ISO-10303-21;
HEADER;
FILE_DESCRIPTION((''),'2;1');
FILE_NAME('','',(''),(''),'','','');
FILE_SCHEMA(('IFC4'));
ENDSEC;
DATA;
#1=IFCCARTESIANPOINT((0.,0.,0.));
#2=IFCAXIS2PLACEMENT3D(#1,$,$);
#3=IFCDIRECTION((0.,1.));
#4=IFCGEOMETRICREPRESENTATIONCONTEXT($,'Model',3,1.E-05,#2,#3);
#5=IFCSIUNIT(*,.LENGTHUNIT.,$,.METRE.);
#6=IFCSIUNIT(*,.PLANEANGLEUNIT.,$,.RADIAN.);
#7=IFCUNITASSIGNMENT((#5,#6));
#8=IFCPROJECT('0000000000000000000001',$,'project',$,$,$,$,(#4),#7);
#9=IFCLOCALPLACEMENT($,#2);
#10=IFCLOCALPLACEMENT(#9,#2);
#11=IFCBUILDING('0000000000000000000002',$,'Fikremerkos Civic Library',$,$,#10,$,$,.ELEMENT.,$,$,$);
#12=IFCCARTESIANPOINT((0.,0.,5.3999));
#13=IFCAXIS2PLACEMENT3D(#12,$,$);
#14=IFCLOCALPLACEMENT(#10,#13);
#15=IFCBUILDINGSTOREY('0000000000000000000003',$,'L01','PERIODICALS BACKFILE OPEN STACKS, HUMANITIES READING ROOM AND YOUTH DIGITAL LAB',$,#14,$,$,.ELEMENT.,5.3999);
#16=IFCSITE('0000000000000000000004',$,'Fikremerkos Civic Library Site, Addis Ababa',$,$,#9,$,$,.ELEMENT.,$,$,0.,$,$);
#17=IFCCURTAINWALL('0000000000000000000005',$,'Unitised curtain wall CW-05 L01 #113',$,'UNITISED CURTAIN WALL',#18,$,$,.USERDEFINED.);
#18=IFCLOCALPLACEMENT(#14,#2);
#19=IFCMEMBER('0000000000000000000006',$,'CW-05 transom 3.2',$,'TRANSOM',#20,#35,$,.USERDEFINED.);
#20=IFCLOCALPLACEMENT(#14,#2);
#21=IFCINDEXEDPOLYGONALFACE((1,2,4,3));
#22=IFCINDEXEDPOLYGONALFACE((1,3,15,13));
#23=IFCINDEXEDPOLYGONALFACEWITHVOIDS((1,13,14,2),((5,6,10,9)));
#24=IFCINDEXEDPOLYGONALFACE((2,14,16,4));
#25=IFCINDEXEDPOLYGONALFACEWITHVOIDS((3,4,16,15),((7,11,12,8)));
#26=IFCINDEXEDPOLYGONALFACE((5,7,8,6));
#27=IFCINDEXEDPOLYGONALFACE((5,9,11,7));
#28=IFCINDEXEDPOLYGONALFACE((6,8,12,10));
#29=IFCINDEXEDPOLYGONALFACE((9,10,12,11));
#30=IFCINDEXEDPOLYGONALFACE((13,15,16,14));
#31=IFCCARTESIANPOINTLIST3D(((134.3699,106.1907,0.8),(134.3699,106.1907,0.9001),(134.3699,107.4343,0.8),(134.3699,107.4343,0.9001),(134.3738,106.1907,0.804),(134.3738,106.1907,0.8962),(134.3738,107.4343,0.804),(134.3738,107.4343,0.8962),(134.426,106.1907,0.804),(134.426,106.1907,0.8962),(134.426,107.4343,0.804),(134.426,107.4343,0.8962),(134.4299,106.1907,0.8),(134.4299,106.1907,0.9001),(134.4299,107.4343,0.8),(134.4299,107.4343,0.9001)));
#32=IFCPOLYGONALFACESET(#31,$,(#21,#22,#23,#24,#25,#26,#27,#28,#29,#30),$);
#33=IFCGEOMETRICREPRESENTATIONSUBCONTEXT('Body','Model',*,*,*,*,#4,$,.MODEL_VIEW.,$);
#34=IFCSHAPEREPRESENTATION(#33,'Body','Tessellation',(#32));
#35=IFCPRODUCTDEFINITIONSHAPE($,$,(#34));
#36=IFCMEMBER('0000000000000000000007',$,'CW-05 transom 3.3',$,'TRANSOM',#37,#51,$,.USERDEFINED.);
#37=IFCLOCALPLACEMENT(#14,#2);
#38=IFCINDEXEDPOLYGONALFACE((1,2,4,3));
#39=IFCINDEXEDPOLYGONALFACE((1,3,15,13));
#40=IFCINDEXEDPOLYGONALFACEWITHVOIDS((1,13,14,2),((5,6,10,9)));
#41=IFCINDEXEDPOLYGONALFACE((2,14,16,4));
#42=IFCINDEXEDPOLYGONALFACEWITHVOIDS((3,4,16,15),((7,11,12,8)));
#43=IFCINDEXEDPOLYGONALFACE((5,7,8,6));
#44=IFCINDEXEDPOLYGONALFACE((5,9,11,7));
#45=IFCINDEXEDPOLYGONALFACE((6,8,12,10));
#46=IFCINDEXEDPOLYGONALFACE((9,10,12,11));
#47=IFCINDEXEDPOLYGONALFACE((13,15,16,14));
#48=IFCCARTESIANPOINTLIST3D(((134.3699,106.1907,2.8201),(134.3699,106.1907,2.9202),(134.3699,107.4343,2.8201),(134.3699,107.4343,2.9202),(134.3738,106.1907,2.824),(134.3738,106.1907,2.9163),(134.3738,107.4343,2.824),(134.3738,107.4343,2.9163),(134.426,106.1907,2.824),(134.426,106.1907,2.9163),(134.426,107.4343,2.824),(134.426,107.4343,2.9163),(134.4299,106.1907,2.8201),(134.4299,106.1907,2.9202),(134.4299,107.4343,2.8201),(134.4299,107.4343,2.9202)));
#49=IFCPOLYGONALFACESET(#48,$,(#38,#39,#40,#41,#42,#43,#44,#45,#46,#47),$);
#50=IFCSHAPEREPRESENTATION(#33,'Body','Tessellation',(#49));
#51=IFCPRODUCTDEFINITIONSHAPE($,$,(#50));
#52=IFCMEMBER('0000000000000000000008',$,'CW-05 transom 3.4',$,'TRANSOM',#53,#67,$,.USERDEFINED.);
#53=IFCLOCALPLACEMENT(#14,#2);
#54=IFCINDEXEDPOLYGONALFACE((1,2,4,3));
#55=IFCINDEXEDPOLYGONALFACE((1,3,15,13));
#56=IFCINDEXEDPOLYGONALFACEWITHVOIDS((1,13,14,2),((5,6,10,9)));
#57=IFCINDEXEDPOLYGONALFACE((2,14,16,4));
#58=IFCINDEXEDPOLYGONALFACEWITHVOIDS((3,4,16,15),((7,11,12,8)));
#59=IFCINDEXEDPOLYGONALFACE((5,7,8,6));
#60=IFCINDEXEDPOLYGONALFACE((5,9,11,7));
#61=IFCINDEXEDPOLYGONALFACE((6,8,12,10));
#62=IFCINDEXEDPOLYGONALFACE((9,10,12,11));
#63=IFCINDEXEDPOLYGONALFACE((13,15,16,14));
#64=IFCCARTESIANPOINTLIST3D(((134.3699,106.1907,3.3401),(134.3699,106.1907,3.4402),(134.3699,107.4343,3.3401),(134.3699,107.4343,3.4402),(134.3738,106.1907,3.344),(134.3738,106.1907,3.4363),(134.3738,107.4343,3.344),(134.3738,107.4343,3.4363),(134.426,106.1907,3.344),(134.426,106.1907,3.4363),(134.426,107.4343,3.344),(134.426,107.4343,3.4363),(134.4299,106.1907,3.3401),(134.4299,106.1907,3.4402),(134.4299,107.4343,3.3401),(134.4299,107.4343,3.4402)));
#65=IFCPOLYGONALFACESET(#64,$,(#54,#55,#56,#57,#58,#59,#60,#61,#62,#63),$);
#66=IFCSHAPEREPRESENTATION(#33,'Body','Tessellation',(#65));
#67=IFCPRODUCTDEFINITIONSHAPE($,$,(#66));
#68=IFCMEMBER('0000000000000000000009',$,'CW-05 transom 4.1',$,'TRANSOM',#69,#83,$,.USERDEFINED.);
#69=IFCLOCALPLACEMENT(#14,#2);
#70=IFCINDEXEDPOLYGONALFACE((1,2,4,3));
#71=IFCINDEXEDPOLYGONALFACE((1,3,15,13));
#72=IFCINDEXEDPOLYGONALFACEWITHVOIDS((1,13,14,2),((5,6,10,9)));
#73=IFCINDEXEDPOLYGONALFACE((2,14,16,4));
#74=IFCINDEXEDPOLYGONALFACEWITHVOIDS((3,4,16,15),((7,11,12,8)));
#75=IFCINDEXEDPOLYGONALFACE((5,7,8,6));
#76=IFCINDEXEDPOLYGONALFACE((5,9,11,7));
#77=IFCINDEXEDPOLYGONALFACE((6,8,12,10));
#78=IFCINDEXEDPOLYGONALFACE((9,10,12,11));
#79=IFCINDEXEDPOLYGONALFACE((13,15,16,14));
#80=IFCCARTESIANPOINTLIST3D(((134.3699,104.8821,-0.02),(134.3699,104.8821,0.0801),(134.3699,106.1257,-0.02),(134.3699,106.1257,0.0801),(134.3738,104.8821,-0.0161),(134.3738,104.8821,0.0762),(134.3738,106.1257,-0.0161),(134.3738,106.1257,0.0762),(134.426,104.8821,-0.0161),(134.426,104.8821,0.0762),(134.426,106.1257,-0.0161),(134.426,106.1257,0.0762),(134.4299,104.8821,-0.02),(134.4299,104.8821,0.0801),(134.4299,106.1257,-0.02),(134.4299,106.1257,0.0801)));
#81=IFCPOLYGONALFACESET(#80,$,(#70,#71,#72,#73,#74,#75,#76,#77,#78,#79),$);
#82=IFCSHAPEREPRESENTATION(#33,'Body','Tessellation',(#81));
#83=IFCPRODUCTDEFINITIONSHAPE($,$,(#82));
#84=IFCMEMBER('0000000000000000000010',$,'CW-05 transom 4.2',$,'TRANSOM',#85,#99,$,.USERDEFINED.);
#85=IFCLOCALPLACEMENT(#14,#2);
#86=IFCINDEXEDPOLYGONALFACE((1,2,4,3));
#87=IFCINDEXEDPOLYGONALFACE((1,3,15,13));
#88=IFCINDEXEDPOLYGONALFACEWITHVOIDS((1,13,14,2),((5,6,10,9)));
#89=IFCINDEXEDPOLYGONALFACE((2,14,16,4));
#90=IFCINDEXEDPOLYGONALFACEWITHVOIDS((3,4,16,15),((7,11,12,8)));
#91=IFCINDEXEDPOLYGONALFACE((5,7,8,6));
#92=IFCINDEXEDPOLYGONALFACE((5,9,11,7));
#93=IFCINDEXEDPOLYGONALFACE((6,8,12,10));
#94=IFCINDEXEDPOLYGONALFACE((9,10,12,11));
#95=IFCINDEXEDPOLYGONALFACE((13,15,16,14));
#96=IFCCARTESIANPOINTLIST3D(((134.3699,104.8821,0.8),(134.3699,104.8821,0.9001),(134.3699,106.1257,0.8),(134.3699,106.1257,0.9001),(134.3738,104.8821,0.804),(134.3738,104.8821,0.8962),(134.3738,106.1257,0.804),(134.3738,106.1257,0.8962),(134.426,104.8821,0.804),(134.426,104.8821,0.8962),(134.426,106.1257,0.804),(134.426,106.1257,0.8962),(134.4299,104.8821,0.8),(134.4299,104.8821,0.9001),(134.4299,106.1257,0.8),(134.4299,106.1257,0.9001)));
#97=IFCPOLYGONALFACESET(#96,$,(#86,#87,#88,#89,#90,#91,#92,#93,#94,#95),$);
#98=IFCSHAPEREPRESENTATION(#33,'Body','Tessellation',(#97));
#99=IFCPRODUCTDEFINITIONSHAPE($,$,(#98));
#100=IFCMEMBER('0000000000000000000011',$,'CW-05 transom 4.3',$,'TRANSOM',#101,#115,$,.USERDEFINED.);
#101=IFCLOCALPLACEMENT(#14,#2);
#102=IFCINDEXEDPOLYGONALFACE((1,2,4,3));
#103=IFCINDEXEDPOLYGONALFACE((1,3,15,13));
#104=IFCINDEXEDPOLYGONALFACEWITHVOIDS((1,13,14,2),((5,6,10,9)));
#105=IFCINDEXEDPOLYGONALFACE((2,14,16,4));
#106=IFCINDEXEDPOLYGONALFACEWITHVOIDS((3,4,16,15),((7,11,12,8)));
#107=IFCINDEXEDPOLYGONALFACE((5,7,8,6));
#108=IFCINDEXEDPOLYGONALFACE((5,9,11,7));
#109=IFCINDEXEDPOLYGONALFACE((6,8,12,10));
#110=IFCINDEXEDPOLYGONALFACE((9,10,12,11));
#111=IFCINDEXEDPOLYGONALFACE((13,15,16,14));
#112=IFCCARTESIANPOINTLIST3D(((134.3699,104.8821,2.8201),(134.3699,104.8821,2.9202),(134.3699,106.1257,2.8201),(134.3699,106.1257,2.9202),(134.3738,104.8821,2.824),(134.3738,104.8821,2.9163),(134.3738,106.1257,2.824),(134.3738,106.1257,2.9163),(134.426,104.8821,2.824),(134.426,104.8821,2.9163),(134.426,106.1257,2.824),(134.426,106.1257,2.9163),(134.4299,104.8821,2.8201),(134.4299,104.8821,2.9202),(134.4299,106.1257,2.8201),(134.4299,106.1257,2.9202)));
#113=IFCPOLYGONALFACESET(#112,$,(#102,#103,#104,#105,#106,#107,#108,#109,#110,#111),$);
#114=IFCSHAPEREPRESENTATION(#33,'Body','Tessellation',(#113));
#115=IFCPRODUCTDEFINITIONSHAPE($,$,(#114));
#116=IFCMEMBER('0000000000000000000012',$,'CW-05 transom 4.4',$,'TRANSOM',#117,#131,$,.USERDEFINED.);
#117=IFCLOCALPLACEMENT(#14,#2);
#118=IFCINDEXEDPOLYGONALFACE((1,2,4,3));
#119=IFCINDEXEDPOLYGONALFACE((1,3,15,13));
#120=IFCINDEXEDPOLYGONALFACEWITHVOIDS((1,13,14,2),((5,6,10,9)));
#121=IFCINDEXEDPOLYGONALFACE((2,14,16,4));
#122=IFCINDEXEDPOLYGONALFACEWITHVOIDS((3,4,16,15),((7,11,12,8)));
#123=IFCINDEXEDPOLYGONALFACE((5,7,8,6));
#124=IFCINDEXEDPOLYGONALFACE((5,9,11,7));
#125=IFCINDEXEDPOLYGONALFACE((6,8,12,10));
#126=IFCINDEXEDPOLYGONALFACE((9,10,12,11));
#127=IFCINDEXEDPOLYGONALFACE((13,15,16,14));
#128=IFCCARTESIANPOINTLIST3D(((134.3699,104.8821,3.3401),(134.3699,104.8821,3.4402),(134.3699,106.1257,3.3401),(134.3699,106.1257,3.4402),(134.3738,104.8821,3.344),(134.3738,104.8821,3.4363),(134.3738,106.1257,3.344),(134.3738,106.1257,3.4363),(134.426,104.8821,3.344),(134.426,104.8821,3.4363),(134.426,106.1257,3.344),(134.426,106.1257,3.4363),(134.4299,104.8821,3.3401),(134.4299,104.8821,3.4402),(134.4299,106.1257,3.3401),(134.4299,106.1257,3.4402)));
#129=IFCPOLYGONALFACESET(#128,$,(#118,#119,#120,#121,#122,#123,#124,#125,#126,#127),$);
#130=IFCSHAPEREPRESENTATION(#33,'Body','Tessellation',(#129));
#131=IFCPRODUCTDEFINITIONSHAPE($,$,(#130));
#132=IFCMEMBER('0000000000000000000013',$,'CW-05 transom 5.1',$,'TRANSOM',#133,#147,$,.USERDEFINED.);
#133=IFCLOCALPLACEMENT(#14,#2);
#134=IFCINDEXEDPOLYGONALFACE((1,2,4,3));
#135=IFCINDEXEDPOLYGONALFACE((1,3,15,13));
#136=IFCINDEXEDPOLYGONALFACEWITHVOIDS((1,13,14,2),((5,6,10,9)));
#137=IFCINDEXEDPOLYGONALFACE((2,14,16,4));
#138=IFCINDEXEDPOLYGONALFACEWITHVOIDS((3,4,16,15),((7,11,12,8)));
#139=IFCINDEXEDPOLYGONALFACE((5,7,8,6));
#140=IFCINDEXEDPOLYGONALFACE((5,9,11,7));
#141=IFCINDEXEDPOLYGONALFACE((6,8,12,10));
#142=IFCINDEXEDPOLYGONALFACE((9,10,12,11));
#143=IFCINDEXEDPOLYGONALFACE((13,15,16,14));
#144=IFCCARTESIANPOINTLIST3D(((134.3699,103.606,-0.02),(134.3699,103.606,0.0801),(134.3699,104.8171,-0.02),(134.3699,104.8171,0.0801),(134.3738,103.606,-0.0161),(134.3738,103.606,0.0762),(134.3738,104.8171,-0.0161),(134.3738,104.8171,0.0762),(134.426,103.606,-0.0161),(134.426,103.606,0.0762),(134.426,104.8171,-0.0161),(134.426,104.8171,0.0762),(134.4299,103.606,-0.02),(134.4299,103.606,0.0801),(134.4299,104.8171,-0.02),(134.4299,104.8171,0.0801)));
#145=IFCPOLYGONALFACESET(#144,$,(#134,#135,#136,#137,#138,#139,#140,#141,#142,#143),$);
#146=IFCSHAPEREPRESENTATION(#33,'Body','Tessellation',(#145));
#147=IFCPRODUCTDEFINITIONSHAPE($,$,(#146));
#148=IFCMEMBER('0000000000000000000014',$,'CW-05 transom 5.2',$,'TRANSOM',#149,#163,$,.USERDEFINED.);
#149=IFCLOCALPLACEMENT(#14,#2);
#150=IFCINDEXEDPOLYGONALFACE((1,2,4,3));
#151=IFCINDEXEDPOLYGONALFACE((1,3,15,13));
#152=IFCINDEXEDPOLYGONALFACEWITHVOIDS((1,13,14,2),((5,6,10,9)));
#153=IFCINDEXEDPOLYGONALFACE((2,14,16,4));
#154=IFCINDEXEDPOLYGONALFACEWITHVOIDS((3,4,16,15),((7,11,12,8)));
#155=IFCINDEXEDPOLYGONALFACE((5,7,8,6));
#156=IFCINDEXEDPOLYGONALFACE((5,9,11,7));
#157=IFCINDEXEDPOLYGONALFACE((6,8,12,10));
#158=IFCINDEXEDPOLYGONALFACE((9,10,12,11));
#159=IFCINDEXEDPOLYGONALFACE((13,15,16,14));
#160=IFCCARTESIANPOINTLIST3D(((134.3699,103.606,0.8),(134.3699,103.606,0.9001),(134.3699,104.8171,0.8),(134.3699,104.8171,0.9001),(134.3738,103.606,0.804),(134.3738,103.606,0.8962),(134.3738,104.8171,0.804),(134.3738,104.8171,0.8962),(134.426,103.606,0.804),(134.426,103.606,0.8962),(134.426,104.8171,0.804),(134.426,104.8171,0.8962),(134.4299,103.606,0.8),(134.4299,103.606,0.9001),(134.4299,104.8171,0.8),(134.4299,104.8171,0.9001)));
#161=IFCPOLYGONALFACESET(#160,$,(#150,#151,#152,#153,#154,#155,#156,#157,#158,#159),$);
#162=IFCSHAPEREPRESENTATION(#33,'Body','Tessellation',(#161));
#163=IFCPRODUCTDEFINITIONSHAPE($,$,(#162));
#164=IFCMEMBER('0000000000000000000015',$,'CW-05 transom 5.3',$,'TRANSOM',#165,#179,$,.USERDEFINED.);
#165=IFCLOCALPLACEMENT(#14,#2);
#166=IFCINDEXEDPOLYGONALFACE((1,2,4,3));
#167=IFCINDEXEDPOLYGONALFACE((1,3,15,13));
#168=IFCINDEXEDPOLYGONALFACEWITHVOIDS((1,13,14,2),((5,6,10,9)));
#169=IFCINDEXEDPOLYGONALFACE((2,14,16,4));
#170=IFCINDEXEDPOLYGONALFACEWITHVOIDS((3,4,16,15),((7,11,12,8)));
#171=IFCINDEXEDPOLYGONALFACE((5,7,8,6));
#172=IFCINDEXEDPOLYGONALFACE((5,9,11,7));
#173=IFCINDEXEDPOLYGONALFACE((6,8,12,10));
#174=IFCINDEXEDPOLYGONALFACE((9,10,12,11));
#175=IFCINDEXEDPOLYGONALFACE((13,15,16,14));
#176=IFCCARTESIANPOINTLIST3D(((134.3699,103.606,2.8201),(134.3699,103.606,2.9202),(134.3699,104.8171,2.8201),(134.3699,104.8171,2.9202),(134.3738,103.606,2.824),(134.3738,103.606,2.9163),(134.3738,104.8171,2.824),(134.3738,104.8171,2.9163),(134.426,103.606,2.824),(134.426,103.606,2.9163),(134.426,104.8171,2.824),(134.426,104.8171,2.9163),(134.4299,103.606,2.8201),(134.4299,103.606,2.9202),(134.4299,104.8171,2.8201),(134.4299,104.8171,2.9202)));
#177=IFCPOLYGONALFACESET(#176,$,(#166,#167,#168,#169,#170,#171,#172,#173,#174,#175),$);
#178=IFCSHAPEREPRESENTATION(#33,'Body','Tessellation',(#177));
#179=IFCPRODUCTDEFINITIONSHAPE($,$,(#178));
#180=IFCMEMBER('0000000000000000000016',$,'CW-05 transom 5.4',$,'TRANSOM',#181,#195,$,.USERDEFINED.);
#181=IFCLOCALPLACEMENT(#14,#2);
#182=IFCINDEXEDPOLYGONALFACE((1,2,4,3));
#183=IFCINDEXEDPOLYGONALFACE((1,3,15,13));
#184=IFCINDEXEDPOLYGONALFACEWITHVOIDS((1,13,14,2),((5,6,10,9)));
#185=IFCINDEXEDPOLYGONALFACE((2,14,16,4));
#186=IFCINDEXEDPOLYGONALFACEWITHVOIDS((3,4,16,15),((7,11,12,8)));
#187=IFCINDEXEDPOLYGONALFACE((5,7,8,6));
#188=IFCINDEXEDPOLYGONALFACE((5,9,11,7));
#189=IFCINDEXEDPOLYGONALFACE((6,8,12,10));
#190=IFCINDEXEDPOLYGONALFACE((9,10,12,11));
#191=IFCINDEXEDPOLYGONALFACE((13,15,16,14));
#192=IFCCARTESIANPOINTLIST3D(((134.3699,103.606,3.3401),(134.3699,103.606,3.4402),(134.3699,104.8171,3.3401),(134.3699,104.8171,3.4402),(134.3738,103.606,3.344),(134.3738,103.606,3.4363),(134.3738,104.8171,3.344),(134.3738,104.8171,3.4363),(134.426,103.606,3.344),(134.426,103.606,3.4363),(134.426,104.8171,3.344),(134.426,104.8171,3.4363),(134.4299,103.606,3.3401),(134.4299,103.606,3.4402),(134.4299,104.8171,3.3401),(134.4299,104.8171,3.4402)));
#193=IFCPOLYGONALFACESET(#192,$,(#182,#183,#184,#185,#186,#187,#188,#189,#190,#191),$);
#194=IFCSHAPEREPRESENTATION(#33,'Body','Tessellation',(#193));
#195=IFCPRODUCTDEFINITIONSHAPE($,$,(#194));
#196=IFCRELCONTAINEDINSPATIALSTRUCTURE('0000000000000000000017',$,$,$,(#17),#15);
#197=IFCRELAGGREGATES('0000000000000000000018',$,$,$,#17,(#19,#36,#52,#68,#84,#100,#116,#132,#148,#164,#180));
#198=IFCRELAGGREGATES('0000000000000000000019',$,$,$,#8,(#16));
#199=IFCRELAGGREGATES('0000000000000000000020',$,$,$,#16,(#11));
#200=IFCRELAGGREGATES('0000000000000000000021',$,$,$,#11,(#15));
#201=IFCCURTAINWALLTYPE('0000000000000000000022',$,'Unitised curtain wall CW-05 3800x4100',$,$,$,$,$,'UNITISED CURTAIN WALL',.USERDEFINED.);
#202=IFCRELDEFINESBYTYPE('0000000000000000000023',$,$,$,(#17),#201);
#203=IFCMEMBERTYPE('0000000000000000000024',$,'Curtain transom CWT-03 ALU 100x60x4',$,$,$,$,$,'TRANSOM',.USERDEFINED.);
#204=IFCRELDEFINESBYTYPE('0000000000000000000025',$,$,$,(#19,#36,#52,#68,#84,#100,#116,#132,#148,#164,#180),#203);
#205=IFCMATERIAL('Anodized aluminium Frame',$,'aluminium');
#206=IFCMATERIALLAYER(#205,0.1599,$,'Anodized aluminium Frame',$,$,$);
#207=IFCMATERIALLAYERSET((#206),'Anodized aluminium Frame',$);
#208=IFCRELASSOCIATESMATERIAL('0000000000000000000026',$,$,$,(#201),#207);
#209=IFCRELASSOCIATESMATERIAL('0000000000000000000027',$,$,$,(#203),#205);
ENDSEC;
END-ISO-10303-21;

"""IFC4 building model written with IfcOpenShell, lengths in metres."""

from ifc_helpers import new_model, si_unit, direction, frame, origin, origin_2d, place, context, subcontext, project, spatial, hollow_rectangle, extrude, material, layer, layer_set, material_profile, profile_set, type_object, element, aggregate, save


model = new_model("IFC4")

# Units and contexts
model_context = context("Model", 3, precision=1e-05, world=origin(), true_north=direction((0.0, 1.0)))
body_context = subcontext(model_context, "Body", "Model", "MODEL_VIEW")
ifc_project = project(units=[si_unit("LENGTHUNIT", "METRE"), si_unit("PLANEANGLEUNIT", "RADIAN")], contexts=[model_context])

# Site, building, storey
site_placement = place(None, origin())
site = spatial("IfcSite", under=ifc_project, at=site_placement, Name="Fikremerkos Civic Library Site, Addis Ababa", CompositionType="ELEMENT", RefElevation=0.0)
building_placement = place(site_placement, origin())
building = spatial("IfcBuilding", under=site, at=building_placement, Name="Fikremerkos Civic Library", CompositionType="ELEMENT")
storey_placement = place(building_placement, frame((0.0, 0.0, 5.3999)))
storey = spatial("IfcBuildingStorey", under=building, at=storey_placement, Name="L01", Description="PERIODICALS BACKFILE OPEN STACKS, HUMANITIES READING ROOM AND YOUTH DIGITAL LAB", CompositionType="ELEMENT", Elevation=5.3999)

# Curtain wall
ifc_material_1 = material(Name="Anodized aluminium Frame", Category="aluminium")
ifc_layer_1 = layer(ifc_material_1, 0.1599, Name="Anodized aluminium Frame")
ifc_layer_set_1 = layer_set([ifc_layer_1], Name="Anodized aluminium Frame")
curtain_wall_type_1 = type_object("IfcCurtainWallType", Name="Unitised curtain wall CW-05 3800x4100", ElementType="UNITISED CURTAIN WALL", PredefinedType="USERDEFINED", material=ifc_layer_set_1)
curtain_wall_1_placement = place(storey_placement, origin())
curtain_wall_1 = element("IfcCurtainWall", 1, at=curtain_wall_1_placement, inside=storey, type_object=curtain_wall_type_1, Name="Unitised curtain wall CW-05 L01 #113", ObjectType="UNITISED CURTAIN WALL", PredefinedType="USERDEFINED")

# Members
ifc_material_profile_1 = material_profile(ifc_material_1, hollow_rectangle(XDim=0.0601, YDim=0.1001, WallThickness=0.0039, at=origin_2d()), Name="ALU 100x60x4")
ifc_profile_set_1 = profile_set([ifc_material_profile_1], Name="Anodized aluminium Frame")
member_type_1 = type_object("IfcMemberType", Name="Curtain transom CWT-03 ALU 100x60x4", ElementType="TRANSOM", PredefinedType="USERDEFINED", material=ifc_profile_set_1)
member_1_placement = place(storey_placement, frame((134.3999, 107.4343, 0.8501), z_axis=(0.0, -1.0, 0.0), x_axis=(1.0, 0.0, 0.0)))
member_1 = element("IfcMember", 2, at=member_1_placement, type_object=member_type_1, Name="CW-05 transom 3.2", ObjectType="TRANSOM", PredefinedType="USERDEFINED", context=body_context, shape_type="SweptSolid", body=[
    extrude(hollow_rectangle(XDim=0.0601, YDim=0.1001, WallThickness=0.0039, at=origin_2d()), origin(), (0.0, 0.0, 1.0), 1.2437),
])
member_2_placement = place(storey_placement, frame((134.3999, 107.4343, 2.8701), z_axis=(0.0, -1.0, 0.0), x_axis=(1.0, 0.0, 0.0)))
member_2 = element("IfcMember", 3, at=member_2_placement, type_object=member_type_1, Name="CW-05 transom 3.3", ObjectType="TRANSOM", PredefinedType="USERDEFINED", context=body_context, shape_type="SweptSolid", body=[
    extrude(hollow_rectangle(XDim=0.0601, YDim=0.1001, WallThickness=0.0039, at=origin_2d()), origin(), (0.0, 0.0, 1.0), 1.2437),
])
member_3_placement = place(storey_placement, frame((134.3999, 107.4343, 3.3901), z_axis=(0.0, -1.0, 0.0), x_axis=(1.0, 0.0, 0.0)))
member_3 = element("IfcMember", 4, at=member_3_placement, type_object=member_type_1, Name="CW-05 transom 3.4", ObjectType="TRANSOM", PredefinedType="USERDEFINED", context=body_context, shape_type="SweptSolid", body=[
    extrude(hollow_rectangle(XDim=0.0601, YDim=0.1001, WallThickness=0.0039, at=origin_2d()), origin(), (0.0, 0.0, 1.0), 1.2437),
])
member_4_placement = place(storey_placement, frame((134.3999, 106.1257, 0.03), z_axis=(0.0, -1.0, 0.0), x_axis=(1.0, 0.0, 0.0)))
member_4 = element("IfcMember", 5, at=member_4_placement, type_object=member_type_1, Name="CW-05 transom 4.1", ObjectType="TRANSOM", PredefinedType="USERDEFINED", context=body_context, shape_type="SweptSolid", body=[
    extrude(hollow_rectangle(XDim=0.0601, YDim=0.1001, WallThickness=0.0039, at=origin_2d()), origin(), (0.0, 0.0, 1.0), 1.2437),
])
member_5_placement = place(storey_placement, frame((134.3999, 106.1257, 0.8501), z_axis=(0.0, -1.0, 0.0), x_axis=(1.0, 0.0, 0.0)))
member_5 = element("IfcMember", 6, at=member_5_placement, type_object=member_type_1, Name="CW-05 transom 4.2", ObjectType="TRANSOM", PredefinedType="USERDEFINED", context=body_context, shape_type="SweptSolid", body=[
    extrude(hollow_rectangle(XDim=0.0601, YDim=0.1001, WallThickness=0.0039, at=origin_2d()), origin(), (0.0, 0.0, 1.0), 1.2437),
])
member_6_placement = place(storey_placement, frame((134.3999, 106.1257, 2.8701), z_axis=(0.0, -1.0, 0.0), x_axis=(1.0, 0.0, 0.0)))
member_6 = element("IfcMember", 7, at=member_6_placement, type_object=member_type_1, Name="CW-05 transom 4.3", ObjectType="TRANSOM", PredefinedType="USERDEFINED", context=body_context, shape_type="SweptSolid", body=[
    extrude(hollow_rectangle(XDim=0.0601, YDim=0.1001, WallThickness=0.0039, at=origin_2d()), origin(), (0.0, 0.0, 1.0), 1.2437),
])
member_7_placement = place(storey_placement, frame((134.3999, 106.1257, 3.3901), z_axis=(0.0, -1.0, 0.0), x_axis=(1.0, 0.0, 0.0)))
member_7 = element("IfcMember", 8, at=member_7_placement, type_object=member_type_1, Name="CW-05 transom 4.4", ObjectType="TRANSOM", PredefinedType="USERDEFINED", context=body_context, shape_type="SweptSolid", body=[
    extrude(hollow_rectangle(XDim=0.0601, YDim=0.1001, WallThickness=0.0039, at=origin_2d()), origin(), (0.0, 0.0, 1.0), 1.2437),
])
member_8_placement = place(storey_placement, frame((134.3999, 104.8171, 0.03), z_axis=(0.0, -1.0, 0.0), x_axis=(1.0, 0.0, 0.0)))
member_8 = element("IfcMember", 9, at=member_8_placement, type_object=member_type_1, Name="CW-05 transom 5.1", ObjectType="TRANSOM", PredefinedType="USERDEFINED", context=body_context, shape_type="SweptSolid", body=[
    extrude(hollow_rectangle(XDim=0.0601, YDim=0.1001, WallThickness=0.0039, at=origin_2d()), origin(), (0.0, 0.0, 1.0), 1.2112),
])
member_9_placement = place(storey_placement, frame((134.3999, 104.8171, 0.8501), z_axis=(0.0, -1.0, 0.0), x_axis=(1.0, 0.0, 0.0)))
member_9 = element("IfcMember", 10, at=member_9_placement, type_object=member_type_1, Name="CW-05 transom 5.2", ObjectType="TRANSOM", PredefinedType="USERDEFINED", context=body_context, shape_type="SweptSolid", body=[
    extrude(hollow_rectangle(XDim=0.0601, YDim=0.1001, WallThickness=0.0039, at=origin_2d()), origin(), (0.0, 0.0, 1.0), 1.2112),
])
member_10_placement = place(storey_placement, frame((134.3999, 104.8171, 2.8701), z_axis=(0.0, -1.0, 0.0), x_axis=(1.0, 0.0, 0.0)))
member_10 = element("IfcMember", 11, at=member_10_placement, type_object=member_type_1, Name="CW-05 transom 5.3", ObjectType="TRANSOM", PredefinedType="USERDEFINED", context=body_context, shape_type="SweptSolid", body=[
    extrude(hollow_rectangle(XDim=0.0601, YDim=0.1001, WallThickness=0.0039, at=origin_2d()), origin(), (0.0, 0.0, 1.0), 1.2112),
])
member_11_placement = place(storey_placement, frame((134.3999, 104.8171, 3.3901), z_axis=(0.0, -1.0, 0.0), x_axis=(1.0, 0.0, 0.0)))
member_11 = element("IfcMember", 12, at=member_11_placement, type_object=member_type_1, Name="CW-05 transom 5.4", ObjectType="TRANSOM", PredefinedType="USERDEFINED", context=body_context, shape_type="SweptSolid", body=[
    extrude(hollow_rectangle(XDim=0.0601, YDim=0.1001, WallThickness=0.0039, at=origin_2d()), origin(), (0.0, 0.0, 1.0), 1.2112),
])

aggregate(curtain_wall_1, [member_1, member_2, member_3, member_4, member_5, member_6, member_7, member_8, member_9, member_10, member_11])

save(model, "model.ifc")
